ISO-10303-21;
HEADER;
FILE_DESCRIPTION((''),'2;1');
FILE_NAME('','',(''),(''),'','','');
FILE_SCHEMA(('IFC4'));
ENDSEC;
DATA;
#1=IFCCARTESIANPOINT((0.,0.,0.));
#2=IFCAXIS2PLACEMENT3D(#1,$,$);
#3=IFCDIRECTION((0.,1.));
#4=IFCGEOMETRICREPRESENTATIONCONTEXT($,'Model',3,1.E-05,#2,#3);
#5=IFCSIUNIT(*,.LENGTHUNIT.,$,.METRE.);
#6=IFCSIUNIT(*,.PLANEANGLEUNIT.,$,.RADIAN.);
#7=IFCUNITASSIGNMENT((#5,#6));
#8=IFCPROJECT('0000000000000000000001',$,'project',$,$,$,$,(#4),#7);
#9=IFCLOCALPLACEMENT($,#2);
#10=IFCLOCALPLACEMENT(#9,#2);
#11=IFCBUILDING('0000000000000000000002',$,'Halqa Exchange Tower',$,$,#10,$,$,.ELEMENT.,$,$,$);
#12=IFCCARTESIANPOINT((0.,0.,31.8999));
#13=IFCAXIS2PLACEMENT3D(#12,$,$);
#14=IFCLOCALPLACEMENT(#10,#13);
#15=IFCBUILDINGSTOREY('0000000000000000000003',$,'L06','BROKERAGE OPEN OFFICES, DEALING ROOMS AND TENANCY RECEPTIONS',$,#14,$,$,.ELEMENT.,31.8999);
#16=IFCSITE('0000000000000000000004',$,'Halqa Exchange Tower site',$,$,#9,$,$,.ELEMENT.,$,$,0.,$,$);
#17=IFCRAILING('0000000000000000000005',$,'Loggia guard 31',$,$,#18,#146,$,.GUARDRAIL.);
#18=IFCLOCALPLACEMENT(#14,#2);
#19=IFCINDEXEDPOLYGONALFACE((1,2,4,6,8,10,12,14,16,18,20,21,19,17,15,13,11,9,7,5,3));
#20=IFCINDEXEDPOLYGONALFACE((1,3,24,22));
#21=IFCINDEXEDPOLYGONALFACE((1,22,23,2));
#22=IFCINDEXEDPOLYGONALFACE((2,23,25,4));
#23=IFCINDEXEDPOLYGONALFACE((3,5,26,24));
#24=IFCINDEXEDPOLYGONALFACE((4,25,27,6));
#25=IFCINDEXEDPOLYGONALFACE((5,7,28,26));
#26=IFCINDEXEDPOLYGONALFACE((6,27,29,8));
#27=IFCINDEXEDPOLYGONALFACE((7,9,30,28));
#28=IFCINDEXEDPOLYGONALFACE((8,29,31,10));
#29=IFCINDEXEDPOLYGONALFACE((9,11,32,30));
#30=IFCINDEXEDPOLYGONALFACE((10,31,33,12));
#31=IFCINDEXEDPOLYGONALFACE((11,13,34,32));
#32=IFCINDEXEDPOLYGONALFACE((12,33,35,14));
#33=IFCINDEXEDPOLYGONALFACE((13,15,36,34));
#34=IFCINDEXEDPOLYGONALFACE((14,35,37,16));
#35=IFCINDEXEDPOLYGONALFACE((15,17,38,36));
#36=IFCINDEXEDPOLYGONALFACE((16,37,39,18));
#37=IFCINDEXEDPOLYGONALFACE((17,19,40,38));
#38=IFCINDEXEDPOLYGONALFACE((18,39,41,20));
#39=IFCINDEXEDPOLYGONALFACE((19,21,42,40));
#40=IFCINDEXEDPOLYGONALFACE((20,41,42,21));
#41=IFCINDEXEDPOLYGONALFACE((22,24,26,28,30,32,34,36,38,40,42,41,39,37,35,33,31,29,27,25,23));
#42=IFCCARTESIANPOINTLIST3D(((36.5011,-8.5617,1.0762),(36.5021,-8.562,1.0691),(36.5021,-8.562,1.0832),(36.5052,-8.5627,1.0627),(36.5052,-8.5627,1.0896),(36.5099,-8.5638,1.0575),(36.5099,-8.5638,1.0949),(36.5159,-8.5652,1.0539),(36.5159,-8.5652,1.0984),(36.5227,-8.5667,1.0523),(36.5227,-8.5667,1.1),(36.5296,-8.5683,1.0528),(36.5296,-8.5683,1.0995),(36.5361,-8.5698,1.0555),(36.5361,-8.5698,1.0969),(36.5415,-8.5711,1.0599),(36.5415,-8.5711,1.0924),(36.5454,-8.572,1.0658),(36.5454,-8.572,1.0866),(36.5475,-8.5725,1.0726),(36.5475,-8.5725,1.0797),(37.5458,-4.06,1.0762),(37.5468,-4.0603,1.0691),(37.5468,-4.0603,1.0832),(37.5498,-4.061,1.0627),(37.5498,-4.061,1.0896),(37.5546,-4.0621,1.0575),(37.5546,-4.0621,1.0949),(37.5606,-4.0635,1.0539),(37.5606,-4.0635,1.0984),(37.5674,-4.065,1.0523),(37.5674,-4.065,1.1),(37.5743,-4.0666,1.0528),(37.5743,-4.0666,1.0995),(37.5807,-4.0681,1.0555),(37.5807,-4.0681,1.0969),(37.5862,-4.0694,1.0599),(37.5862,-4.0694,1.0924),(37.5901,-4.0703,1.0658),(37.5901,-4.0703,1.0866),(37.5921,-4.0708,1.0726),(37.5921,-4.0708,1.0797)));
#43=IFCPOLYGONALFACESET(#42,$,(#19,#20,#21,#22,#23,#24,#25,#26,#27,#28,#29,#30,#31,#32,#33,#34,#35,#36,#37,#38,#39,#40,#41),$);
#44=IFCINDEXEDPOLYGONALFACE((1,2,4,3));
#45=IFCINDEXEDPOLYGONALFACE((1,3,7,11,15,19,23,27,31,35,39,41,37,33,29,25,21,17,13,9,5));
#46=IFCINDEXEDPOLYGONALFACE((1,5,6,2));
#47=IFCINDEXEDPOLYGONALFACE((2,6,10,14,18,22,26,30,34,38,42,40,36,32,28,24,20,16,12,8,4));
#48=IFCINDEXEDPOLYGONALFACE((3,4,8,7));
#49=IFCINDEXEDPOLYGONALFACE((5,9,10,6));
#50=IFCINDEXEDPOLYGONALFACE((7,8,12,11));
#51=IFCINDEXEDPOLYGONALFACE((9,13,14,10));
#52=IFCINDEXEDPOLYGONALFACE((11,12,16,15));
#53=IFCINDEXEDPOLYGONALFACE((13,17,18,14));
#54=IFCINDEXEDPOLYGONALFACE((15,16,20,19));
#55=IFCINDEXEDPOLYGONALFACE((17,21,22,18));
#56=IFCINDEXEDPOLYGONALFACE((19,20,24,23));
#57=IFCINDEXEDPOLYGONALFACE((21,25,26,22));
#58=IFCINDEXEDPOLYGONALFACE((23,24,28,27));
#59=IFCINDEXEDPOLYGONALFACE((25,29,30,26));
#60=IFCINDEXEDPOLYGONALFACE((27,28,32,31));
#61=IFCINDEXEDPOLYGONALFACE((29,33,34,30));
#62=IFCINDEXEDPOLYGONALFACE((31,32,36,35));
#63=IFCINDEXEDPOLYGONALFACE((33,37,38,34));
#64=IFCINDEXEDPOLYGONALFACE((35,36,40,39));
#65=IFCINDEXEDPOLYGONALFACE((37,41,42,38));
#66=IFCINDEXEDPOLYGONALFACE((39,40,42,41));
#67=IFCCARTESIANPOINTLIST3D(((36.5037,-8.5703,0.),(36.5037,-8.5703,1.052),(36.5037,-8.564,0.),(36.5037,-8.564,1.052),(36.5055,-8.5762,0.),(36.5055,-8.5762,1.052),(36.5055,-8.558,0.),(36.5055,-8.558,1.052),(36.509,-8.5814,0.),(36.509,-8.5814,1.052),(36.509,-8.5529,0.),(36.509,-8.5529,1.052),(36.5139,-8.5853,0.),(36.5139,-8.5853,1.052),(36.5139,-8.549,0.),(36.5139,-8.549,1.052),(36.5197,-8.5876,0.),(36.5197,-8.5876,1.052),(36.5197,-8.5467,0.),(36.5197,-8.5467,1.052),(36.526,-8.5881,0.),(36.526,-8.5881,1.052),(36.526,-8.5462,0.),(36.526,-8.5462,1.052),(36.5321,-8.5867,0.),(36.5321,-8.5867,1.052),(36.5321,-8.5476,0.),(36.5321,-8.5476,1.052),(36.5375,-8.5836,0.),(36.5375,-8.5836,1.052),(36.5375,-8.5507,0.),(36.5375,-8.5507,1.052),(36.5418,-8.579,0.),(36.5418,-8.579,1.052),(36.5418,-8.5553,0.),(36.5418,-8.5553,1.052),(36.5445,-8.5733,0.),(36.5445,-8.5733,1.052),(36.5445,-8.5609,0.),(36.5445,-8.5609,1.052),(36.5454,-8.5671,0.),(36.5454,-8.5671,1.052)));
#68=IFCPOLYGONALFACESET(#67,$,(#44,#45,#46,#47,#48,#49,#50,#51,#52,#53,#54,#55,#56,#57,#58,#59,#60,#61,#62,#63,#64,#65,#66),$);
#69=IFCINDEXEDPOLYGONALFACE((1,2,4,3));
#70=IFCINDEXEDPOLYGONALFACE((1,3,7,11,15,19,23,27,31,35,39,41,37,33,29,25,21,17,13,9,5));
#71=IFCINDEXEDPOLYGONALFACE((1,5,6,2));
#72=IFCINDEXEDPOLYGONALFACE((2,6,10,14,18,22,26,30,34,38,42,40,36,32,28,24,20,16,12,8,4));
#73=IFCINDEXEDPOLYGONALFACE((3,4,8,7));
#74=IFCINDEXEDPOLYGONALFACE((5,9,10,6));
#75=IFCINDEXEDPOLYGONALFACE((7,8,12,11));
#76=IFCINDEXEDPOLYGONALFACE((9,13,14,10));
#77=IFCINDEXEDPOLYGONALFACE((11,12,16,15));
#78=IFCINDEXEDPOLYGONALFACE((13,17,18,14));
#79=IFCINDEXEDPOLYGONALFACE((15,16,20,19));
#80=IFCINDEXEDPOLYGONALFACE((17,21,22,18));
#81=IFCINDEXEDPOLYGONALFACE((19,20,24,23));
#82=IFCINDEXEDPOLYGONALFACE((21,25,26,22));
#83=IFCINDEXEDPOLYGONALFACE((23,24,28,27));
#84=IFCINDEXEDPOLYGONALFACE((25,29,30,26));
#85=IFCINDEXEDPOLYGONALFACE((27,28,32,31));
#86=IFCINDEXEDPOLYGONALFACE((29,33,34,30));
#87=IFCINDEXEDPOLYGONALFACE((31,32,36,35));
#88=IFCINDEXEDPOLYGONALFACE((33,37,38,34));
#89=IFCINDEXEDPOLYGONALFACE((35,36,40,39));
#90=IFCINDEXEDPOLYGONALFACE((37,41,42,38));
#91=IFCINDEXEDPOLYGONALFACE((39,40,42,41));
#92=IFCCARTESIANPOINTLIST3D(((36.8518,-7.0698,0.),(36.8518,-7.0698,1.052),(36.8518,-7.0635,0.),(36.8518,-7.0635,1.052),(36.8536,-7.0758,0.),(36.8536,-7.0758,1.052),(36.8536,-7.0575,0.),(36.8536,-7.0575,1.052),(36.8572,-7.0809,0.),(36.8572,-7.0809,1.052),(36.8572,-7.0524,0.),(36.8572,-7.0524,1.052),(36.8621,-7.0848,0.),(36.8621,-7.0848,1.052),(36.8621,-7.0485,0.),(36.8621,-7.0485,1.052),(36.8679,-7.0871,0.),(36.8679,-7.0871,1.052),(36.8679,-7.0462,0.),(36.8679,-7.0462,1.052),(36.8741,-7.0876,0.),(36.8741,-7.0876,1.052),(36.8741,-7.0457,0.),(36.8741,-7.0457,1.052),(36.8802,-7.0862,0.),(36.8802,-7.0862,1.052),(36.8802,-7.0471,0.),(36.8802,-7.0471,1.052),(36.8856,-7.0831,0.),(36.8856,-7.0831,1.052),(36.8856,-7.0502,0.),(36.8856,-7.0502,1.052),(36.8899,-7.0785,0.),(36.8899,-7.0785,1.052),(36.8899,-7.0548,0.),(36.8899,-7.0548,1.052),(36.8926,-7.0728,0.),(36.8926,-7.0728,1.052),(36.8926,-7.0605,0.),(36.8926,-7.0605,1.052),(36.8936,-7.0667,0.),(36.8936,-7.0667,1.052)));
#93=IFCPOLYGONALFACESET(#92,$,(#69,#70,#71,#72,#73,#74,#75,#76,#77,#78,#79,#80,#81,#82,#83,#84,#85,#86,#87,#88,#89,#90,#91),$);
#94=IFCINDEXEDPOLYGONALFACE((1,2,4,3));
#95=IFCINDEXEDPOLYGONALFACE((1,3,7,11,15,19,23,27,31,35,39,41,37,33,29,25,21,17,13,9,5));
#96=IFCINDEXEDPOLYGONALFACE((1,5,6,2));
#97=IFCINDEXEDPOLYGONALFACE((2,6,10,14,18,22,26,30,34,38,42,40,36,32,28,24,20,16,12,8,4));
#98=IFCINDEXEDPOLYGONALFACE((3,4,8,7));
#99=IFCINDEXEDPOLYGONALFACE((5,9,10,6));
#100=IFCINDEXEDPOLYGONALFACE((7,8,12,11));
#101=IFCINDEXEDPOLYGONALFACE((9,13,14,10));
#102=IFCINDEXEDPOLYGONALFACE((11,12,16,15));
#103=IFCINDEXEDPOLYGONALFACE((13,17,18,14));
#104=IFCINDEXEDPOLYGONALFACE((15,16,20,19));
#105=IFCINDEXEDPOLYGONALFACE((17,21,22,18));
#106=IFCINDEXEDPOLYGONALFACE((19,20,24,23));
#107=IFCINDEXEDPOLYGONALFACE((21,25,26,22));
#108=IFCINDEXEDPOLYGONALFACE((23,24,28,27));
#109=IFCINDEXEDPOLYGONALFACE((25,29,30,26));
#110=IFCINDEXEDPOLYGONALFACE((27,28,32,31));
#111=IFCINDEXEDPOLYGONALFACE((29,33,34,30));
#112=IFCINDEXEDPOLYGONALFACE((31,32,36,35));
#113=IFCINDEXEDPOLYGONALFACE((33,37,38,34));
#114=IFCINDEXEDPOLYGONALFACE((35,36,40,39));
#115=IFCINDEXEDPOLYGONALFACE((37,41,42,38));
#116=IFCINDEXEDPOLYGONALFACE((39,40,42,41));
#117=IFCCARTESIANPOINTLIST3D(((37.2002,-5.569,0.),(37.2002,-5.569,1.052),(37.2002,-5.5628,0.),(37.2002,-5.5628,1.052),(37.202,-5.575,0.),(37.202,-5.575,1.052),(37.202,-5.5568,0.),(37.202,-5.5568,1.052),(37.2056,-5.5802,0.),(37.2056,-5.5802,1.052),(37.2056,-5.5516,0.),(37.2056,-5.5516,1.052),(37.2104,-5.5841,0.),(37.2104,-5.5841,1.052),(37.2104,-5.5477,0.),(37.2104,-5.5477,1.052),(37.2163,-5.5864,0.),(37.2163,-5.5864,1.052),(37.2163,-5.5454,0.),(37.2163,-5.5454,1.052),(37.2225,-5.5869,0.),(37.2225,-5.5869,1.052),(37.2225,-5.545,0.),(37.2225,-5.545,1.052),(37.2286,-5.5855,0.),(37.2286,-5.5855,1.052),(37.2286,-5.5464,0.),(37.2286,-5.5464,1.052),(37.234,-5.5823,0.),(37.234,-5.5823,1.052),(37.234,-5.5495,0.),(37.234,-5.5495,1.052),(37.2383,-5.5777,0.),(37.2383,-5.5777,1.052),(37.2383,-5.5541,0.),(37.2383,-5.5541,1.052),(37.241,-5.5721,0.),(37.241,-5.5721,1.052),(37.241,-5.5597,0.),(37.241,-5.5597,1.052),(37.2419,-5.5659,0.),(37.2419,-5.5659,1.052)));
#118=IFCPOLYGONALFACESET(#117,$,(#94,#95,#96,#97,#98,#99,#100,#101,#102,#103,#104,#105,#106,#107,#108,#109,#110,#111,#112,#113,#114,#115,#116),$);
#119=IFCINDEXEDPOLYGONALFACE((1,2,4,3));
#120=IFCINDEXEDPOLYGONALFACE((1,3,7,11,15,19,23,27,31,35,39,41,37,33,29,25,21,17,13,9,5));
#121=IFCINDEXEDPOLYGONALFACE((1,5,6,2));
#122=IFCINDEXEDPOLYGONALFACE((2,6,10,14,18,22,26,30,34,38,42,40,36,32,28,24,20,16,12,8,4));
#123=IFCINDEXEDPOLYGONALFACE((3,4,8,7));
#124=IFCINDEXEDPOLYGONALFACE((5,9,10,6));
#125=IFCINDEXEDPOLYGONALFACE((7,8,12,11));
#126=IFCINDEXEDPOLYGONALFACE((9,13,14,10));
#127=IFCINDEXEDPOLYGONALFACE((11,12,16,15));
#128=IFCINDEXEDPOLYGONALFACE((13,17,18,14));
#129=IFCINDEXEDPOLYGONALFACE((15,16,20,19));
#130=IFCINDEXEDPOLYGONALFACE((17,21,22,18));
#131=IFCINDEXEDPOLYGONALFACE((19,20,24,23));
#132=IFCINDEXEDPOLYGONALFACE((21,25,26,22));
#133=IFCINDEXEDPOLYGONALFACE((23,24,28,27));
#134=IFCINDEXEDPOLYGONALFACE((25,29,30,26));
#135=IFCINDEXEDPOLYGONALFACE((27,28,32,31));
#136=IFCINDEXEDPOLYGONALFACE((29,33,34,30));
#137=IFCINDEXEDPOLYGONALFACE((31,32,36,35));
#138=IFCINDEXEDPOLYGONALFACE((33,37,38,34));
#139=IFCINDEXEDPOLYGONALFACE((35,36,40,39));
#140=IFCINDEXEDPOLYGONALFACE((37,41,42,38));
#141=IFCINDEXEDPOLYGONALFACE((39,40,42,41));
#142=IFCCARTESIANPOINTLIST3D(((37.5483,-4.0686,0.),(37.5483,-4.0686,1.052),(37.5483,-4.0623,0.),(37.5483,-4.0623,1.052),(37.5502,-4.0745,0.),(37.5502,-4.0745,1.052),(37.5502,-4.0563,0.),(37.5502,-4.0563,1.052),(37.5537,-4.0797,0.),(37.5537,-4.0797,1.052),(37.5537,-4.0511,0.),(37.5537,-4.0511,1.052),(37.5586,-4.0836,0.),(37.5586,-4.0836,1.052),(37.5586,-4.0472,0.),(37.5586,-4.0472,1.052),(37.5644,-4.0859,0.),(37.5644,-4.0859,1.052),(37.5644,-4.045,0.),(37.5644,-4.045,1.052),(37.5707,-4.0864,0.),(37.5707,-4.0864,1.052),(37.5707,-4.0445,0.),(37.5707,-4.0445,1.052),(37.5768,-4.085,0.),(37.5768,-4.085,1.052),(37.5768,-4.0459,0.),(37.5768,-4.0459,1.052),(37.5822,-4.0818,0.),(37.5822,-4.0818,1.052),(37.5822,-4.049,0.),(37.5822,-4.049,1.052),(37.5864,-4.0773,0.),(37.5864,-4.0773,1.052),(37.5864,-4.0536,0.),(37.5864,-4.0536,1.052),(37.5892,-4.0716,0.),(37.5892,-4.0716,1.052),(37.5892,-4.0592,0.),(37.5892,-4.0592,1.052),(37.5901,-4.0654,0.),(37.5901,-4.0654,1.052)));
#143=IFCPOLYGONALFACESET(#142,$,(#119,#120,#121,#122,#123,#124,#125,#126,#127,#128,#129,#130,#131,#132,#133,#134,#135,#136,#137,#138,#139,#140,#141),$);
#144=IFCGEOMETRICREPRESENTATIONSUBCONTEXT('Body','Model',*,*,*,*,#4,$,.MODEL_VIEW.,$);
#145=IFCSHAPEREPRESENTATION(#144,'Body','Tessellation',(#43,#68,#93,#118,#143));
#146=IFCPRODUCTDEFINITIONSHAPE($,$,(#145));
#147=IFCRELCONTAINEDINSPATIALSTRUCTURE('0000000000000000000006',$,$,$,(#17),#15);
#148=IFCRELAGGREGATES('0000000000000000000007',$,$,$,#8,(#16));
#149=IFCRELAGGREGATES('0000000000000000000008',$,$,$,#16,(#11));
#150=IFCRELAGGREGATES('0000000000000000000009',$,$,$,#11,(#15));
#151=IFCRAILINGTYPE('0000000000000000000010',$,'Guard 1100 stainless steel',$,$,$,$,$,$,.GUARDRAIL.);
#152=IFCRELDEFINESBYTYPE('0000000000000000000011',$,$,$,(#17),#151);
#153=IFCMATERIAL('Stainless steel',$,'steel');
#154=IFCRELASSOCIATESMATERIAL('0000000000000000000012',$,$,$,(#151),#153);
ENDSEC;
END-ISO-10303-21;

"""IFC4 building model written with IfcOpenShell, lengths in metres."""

from ifc_helpers import new_model, si_unit, direction, frame, origin, origin_2d, place, context, subcontext, project, spatial, circle, extrude, material, type_object, element, save


model = new_model("IFC4")

# Units and contexts
model_context = context("Model", 3, precision=1e-05, world=origin(), true_north=direction((0.0, 1.0)))
body_context = subcontext(model_context, "Body", "Model", "MODEL_VIEW")
ifc_project = project(units=[si_unit("LENGTHUNIT", "METRE"), si_unit("PLANEANGLEUNIT", "RADIAN")], contexts=[model_context])

# Site, building, storey
site_placement = place(None, origin())
site = spatial("IfcSite", under=ifc_project, at=site_placement, Name="Halqa Exchange Tower site", CompositionType="ELEMENT", RefElevation=0.0)
building_placement = place(site_placement, origin())
building = spatial("IfcBuilding", under=site, at=building_placement, Name="Halqa Exchange Tower", CompositionType="ELEMENT")
storey_placement = place(building_placement, frame((0.0, 0.0, 31.8999)))
storey = spatial("IfcBuildingStorey", under=building, at=storey_placement, Name="L06", Description="BROKERAGE OPEN OFFICES, DEALING ROOMS AND TENANCY RECEPTIONS", CompositionType="ELEMENT", Elevation=31.8999)

# Railing
ifc_material_1 = material(Name="Stainless steel", Category="steel")
railing_type = type_object("IfcRailingType", Name="Guard 1100 stainless steel", PredefinedType="GUARDRAIL", material=ifc_material_1)
railing_1_placement = place(storey_placement, frame((36.5244, -8.5671, 0.0)))
element("IfcRailing", 1, at=railing_1_placement, inside=storey, type_object=railing_type, Name="Loggia guard 31", PredefinedType="GUARDRAIL", context=body_context, shape_type="SweptSolid", body=[
    extrude(circle(Radius=0.0239, at=origin_2d()), frame((0.0, 0.0, 1.0762), z_axis=(0.226055, 0.974114, 0.0), x_axis=(-0.974114, 0.226055, 0.0)), (0.0, 0.0, 1.0), 4.6213),
    extrude(circle(Radius=0.021, at=origin_2d()), origin(), (0.0, 0.0, 1.0), 1.052),
    extrude(circle(Radius=0.021, at=origin_2d()), frame((0.3481, 1.5005, 0.0)), (0.0, 0.0, 1.0), 1.052),
    extrude(circle(Radius=0.021, at=origin_2d()), frame((0.6965, 3.0012, 0.0)), (0.0, 0.0, 1.0), 1.052),
    extrude(circle(Radius=0.021, at=origin_2d()), frame((1.0447, 4.5017, 0.0)), (0.0, 0.0, 1.0), 1.052),
])

save(model, "model.ifc")
